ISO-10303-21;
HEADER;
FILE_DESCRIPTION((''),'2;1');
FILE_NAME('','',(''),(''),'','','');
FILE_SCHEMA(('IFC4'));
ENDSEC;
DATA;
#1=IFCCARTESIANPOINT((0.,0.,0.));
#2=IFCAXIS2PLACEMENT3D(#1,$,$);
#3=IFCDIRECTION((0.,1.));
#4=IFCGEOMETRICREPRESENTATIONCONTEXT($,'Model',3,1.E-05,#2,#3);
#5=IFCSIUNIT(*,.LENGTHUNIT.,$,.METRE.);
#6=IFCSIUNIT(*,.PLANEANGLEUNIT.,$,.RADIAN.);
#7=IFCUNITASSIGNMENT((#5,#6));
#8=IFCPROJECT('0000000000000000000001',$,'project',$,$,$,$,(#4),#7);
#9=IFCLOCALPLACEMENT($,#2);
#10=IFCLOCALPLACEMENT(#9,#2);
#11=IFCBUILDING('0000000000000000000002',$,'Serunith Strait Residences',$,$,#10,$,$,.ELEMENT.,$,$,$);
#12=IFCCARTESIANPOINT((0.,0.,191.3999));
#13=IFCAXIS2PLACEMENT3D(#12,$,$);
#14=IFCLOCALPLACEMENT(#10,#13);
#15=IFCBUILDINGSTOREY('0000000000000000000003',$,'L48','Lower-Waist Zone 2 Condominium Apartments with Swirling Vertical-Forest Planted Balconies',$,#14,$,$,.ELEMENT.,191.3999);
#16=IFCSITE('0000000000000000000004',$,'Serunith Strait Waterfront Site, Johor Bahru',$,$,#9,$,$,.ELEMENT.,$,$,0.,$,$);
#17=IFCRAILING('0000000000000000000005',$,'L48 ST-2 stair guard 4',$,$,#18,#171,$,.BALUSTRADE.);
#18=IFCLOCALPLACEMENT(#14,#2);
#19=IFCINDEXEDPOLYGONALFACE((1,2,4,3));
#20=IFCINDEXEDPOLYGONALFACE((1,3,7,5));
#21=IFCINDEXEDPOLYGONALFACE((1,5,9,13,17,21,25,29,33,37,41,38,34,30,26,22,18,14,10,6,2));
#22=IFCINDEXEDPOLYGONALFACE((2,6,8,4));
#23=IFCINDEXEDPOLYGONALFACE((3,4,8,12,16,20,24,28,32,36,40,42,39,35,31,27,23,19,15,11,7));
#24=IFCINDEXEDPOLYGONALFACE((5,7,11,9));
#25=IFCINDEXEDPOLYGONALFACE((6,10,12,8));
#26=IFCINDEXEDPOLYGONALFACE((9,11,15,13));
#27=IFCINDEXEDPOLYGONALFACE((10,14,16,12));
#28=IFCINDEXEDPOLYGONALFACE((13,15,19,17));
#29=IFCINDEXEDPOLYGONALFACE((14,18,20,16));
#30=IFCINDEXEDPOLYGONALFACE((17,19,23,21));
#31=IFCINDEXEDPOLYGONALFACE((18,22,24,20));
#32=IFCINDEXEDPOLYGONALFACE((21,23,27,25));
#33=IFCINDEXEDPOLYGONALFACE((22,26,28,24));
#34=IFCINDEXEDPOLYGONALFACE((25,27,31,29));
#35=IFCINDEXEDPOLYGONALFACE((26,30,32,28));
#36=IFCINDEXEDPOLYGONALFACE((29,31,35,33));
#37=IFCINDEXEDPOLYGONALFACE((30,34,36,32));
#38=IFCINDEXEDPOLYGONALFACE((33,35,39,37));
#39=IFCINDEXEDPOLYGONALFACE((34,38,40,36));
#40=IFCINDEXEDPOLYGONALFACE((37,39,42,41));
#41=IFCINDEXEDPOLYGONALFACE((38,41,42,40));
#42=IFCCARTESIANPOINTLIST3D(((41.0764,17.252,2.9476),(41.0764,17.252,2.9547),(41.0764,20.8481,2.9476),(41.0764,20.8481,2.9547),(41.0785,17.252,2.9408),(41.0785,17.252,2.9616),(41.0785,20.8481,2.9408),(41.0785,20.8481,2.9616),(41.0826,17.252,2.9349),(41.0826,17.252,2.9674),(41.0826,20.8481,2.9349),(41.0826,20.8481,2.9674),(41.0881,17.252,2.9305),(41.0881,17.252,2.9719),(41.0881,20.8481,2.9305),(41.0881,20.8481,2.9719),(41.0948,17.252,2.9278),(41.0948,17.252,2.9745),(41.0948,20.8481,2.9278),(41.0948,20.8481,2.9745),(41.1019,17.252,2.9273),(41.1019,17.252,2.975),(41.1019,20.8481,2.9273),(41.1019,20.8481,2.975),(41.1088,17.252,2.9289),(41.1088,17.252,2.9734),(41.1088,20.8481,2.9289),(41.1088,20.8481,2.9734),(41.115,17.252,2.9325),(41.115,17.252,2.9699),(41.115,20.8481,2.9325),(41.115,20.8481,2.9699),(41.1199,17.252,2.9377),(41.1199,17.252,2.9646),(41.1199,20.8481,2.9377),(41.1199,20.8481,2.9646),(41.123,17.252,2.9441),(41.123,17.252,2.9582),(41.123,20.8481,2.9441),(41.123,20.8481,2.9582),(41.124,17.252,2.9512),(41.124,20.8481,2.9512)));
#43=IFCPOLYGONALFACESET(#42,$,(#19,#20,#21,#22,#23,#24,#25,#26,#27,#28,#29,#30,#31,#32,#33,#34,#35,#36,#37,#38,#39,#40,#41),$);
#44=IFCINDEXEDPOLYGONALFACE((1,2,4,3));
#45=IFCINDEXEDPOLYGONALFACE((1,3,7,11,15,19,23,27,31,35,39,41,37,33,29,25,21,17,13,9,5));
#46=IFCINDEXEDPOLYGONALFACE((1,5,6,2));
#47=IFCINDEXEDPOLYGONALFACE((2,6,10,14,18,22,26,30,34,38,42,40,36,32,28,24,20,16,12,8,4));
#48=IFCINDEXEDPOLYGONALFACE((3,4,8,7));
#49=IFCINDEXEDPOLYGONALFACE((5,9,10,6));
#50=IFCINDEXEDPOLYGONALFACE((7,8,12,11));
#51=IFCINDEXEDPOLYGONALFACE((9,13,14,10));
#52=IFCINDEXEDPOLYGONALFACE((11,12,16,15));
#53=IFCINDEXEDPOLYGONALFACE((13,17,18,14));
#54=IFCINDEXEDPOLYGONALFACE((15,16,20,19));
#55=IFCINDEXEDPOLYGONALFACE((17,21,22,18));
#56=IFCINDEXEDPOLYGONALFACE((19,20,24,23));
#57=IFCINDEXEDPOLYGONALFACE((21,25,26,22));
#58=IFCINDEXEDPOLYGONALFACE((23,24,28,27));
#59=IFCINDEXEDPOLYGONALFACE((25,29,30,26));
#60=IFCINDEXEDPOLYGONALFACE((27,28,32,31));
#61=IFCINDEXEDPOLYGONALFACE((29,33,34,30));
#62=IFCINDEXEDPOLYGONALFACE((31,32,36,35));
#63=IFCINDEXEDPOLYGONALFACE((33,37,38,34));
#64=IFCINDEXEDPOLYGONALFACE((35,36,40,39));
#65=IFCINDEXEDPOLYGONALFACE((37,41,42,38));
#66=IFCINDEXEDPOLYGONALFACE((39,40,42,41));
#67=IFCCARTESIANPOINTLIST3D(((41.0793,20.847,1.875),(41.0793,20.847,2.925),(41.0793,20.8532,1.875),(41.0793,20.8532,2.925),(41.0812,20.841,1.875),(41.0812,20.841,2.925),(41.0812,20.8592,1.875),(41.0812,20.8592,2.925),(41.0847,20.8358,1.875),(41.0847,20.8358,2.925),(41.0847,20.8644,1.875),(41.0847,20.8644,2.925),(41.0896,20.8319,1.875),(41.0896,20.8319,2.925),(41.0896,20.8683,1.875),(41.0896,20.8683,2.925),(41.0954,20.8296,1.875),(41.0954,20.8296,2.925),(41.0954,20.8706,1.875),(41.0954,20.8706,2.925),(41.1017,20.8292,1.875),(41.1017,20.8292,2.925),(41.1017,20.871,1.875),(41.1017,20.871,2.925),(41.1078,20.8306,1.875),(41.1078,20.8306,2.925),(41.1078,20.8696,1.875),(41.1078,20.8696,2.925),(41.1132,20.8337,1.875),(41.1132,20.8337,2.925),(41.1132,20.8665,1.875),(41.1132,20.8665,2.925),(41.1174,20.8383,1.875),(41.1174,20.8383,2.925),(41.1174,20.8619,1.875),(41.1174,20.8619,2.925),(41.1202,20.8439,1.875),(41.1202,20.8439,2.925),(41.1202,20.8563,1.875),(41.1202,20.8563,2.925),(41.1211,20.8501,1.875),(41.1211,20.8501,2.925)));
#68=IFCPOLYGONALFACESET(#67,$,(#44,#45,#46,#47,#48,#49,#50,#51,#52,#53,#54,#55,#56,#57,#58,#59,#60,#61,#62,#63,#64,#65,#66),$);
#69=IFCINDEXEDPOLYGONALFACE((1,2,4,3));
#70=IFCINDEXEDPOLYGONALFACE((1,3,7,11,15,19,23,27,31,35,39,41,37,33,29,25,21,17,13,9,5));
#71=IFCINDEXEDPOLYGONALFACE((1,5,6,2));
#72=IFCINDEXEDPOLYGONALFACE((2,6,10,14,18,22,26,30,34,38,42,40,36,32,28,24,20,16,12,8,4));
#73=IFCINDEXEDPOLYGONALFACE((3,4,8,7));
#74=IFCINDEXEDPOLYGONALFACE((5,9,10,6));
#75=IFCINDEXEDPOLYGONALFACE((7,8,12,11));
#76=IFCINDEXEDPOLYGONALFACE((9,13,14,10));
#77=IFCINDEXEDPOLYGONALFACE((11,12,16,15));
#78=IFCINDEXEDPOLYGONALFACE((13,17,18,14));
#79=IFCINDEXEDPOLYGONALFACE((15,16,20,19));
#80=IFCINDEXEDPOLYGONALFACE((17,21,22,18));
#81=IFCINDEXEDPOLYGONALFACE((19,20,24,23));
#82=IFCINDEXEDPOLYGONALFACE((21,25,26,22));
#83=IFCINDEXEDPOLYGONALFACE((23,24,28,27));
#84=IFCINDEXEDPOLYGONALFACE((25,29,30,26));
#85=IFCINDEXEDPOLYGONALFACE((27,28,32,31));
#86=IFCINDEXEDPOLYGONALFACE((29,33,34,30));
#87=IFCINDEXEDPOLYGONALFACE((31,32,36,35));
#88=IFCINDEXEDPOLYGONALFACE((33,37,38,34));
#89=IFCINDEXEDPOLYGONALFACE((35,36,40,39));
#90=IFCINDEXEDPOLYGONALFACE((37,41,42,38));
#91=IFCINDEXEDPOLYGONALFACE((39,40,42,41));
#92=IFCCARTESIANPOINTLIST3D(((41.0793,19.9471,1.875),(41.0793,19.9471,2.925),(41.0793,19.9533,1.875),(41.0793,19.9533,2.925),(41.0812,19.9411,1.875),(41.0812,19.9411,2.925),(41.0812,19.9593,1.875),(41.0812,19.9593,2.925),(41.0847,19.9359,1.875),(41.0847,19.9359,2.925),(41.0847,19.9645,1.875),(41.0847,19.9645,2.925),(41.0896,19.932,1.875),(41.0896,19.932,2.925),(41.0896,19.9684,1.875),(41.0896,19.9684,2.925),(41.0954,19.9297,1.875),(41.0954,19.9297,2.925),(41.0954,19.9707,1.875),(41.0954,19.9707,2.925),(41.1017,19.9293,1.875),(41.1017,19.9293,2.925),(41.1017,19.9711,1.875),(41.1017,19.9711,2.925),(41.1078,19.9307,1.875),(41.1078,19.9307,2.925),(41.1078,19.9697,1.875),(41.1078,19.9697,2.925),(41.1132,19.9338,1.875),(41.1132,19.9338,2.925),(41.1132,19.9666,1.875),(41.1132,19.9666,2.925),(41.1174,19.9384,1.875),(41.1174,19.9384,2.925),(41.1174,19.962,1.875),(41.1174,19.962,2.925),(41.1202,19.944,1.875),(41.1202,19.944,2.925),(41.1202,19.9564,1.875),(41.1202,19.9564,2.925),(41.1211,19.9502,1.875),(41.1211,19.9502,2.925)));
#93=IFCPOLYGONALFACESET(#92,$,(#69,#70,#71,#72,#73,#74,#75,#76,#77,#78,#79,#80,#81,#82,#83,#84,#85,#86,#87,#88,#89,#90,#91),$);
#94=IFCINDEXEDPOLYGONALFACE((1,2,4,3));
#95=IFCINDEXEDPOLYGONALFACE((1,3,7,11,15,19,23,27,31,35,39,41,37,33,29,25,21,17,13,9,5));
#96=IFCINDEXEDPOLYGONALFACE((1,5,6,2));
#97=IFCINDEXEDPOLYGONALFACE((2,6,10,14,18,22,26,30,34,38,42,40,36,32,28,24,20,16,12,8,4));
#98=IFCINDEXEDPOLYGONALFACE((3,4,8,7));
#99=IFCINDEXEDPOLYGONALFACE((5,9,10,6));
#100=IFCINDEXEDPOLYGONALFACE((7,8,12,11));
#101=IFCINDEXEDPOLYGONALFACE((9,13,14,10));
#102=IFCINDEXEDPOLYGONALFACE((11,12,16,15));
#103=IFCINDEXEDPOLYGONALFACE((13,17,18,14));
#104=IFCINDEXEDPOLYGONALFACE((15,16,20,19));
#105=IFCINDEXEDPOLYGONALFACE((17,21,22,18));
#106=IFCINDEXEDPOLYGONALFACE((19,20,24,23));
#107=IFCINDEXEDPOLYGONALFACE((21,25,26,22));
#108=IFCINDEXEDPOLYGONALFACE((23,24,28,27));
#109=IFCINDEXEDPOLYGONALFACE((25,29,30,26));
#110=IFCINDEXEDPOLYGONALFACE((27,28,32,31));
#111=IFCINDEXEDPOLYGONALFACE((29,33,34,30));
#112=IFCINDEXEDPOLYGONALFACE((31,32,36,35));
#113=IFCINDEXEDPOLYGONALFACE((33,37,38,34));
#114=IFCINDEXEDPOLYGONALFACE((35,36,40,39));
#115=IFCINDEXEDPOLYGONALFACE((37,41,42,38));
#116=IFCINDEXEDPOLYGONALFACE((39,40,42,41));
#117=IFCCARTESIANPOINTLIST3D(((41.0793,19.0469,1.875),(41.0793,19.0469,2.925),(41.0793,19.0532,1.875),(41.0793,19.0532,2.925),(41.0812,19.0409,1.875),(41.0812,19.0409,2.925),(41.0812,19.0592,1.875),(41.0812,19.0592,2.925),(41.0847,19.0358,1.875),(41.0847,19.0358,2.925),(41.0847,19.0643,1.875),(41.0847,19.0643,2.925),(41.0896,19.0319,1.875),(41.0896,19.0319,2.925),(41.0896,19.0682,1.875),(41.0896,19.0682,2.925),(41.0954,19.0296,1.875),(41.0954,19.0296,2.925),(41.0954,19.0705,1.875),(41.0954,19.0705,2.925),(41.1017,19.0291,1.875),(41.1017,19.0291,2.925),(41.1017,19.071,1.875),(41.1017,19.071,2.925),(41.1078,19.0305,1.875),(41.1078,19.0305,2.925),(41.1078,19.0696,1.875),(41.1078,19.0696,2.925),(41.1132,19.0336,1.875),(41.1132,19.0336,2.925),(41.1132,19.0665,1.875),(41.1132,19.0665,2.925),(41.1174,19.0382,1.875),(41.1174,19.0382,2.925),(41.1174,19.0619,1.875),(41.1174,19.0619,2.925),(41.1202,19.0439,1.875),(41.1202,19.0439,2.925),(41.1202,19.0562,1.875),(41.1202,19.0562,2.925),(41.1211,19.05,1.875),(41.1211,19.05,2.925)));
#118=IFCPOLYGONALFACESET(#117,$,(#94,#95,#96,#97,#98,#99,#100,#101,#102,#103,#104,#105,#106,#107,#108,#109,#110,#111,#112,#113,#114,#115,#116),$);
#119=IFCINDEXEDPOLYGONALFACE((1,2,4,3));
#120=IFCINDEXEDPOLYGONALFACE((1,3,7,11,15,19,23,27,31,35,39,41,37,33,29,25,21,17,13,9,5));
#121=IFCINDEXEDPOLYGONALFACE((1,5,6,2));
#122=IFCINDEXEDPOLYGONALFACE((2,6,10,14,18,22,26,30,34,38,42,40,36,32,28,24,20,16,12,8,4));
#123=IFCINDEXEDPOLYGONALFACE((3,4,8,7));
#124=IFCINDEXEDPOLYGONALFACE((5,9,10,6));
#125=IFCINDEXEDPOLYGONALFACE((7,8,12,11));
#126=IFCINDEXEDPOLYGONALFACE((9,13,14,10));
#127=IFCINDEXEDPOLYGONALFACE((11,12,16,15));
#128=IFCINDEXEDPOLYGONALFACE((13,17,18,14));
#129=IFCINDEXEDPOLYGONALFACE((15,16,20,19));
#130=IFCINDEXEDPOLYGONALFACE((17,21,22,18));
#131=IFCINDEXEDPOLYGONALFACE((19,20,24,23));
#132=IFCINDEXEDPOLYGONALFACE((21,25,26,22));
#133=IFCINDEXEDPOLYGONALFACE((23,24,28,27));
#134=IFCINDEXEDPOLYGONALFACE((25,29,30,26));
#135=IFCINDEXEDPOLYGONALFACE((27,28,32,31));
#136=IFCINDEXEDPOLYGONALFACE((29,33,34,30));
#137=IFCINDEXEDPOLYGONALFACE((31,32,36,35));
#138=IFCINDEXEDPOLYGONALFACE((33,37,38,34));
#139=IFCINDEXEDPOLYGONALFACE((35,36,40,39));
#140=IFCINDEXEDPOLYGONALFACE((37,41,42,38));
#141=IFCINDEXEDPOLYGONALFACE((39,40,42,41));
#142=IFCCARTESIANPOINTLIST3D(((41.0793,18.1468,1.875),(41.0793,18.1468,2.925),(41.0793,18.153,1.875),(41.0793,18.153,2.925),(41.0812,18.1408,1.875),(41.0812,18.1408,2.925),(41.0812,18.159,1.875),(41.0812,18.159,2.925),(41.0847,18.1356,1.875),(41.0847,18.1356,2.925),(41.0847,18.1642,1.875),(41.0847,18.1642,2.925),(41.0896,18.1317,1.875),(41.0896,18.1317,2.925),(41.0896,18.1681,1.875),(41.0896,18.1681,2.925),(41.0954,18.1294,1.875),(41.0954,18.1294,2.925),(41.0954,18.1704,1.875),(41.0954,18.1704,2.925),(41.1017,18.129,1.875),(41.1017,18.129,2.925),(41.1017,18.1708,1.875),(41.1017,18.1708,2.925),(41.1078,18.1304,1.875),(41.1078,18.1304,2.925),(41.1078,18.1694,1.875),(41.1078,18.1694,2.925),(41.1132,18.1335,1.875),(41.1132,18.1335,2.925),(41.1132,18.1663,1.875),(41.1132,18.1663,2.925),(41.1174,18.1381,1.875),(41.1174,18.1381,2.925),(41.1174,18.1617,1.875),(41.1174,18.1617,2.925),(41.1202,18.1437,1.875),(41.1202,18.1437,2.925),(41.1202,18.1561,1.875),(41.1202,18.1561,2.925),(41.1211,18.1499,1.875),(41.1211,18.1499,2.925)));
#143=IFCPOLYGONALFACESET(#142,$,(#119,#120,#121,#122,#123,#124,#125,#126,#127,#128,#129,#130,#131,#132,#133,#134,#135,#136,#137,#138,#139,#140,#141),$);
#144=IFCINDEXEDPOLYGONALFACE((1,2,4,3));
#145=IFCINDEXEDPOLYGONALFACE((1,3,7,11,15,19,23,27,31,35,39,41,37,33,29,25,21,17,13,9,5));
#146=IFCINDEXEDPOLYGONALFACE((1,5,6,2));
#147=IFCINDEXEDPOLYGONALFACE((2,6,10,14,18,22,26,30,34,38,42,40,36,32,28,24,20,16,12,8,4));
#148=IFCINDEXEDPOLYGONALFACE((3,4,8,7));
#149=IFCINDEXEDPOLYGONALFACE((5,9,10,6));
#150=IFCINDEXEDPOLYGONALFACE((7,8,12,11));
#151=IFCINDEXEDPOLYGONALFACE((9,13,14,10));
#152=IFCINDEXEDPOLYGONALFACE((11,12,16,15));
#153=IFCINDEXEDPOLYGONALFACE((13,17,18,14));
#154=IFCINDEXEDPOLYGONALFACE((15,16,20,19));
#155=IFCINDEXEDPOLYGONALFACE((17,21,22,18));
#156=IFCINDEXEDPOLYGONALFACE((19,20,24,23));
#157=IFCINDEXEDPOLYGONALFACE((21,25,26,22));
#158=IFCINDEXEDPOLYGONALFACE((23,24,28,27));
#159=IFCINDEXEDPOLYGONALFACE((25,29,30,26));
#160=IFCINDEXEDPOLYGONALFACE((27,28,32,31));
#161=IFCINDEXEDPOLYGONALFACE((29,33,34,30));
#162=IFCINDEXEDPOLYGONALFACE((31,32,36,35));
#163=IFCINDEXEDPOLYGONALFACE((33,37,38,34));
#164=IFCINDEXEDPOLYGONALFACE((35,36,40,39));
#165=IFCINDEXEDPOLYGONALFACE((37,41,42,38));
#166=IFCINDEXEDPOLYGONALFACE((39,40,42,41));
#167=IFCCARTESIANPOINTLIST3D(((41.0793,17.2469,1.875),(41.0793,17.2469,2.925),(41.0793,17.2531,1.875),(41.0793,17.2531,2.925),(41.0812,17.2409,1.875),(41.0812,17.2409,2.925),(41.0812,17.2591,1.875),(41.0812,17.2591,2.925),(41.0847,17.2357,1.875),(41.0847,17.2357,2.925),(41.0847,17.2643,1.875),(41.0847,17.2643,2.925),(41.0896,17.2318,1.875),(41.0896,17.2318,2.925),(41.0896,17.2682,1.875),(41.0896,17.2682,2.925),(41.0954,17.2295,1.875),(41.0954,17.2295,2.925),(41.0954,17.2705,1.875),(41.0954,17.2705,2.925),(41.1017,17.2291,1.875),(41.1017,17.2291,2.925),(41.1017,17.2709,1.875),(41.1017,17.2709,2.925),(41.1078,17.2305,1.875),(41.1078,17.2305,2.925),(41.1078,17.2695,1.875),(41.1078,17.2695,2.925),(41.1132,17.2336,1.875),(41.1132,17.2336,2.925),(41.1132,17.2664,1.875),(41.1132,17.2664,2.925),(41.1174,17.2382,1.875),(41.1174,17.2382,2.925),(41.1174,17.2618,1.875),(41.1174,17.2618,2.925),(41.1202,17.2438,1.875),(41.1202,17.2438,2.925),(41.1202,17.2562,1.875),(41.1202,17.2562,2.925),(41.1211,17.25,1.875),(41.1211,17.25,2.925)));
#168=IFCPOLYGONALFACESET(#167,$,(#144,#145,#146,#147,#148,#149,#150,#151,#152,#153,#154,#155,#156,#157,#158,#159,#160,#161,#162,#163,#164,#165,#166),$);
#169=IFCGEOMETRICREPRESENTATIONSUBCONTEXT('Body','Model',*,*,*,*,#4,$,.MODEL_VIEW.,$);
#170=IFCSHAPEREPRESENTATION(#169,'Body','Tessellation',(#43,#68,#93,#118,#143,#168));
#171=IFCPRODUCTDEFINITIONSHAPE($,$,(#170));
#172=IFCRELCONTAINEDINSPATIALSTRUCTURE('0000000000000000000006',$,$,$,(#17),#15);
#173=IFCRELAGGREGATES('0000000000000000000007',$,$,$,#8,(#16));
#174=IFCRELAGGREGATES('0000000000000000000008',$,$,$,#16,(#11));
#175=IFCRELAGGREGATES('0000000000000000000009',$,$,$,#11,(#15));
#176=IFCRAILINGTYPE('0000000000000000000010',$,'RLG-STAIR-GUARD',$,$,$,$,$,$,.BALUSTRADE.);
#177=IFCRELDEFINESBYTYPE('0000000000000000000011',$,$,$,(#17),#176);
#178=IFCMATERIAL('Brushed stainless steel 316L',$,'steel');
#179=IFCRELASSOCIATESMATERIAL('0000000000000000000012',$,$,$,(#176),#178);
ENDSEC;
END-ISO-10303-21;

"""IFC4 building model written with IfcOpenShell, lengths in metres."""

from ifc_helpers import new_model, si_unit, direction, frame, origin, origin_2d, place, context, subcontext, project, spatial, circle, extrude, material, type_object, element, save


model = new_model("IFC4")

# Units and contexts
model_context = context("Model", 3, precision=1e-05, world=origin(), true_north=direction((0.0, 1.0)))
body_context = subcontext(model_context, "Body", "Model", "MODEL_VIEW")
ifc_project = project(units=[si_unit("LENGTHUNIT", "METRE"), si_unit("PLANEANGLEUNIT", "RADIAN")], contexts=[model_context])

# Site, building, storey
site_placement = place(None, origin())
site = spatial("IfcSite", under=ifc_project, at=site_placement, Name="Serunith Strait Waterfront Site, Johor Bahru", CompositionType="ELEMENT", RefElevation=0.0)
building_placement = place(site_placement, origin())
building = spatial("IfcBuilding", under=site, at=building_placement, Name="Serunith Strait Residences", CompositionType="ELEMENT")
storey_placement = place(building_placement, frame((0.0, 0.0, 191.3999)))
storey = spatial("IfcBuildingStorey", under=building, at=storey_placement, Name="L48", Description="Lower-Waist Zone 2 Condominium Apartments with Swirling Vertical-Forest Planted Balconies", CompositionType="ELEMENT", Elevation=191.3999)

# Railing
ifc_material_1 = material(Name="Brushed stainless steel 316L", Category="steel")
railing_type_1 = type_object("IfcRailingType", Name="RLG-STAIR-GUARD", PredefinedType="BALUSTRADE", material=ifc_material_1)
for number, where, name in (
    (1, (41.1001, 20.8501, 1.875), "L48 ST-2 stair guard 4"),
):
    element("IfcRailing", number, at=place(storey_placement, frame(where)), inside=storey, type_object=railing_type_1, Name=name, PredefinedType="BALUSTRADE", context=body_context, shape_type="SweptSolid", body=[
        extrude(circle(Radius=0.0239, at=origin_2d()), frame((0.0, -0.002, 1.0762), z_axis=(0.0, -1.0, 0.0), x_axis=(1.0, 0.0, 0.0)), (0.0, 0.0, 1.0), 3.5962),
        extrude(circle(Radius=0.021, at=origin_2d()), origin(), (0.0, 0.0, 1.0), 1.05),
        extrude(circle(Radius=0.021, at=origin_2d()), frame((0.0, -0.8999, 0.0)), (0.0, 0.0, 1.0), 1.05),
        extrude(circle(Radius=0.021, at=origin_2d()), frame((0.0, -1.8, 0.0)), (0.0, 0.0, 1.0), 1.05),
        extrude(circle(Radius=0.021, at=origin_2d()), frame((0.0, -2.7002, 0.0)), (0.0, 0.0, 1.0), 1.05),
        extrude(circle(Radius=0.021, at=origin_2d()), frame((0.0, -3.6001, 0.0)), (0.0, 0.0, 1.0), 1.05),
    ])

save(model, "model.ifc")
